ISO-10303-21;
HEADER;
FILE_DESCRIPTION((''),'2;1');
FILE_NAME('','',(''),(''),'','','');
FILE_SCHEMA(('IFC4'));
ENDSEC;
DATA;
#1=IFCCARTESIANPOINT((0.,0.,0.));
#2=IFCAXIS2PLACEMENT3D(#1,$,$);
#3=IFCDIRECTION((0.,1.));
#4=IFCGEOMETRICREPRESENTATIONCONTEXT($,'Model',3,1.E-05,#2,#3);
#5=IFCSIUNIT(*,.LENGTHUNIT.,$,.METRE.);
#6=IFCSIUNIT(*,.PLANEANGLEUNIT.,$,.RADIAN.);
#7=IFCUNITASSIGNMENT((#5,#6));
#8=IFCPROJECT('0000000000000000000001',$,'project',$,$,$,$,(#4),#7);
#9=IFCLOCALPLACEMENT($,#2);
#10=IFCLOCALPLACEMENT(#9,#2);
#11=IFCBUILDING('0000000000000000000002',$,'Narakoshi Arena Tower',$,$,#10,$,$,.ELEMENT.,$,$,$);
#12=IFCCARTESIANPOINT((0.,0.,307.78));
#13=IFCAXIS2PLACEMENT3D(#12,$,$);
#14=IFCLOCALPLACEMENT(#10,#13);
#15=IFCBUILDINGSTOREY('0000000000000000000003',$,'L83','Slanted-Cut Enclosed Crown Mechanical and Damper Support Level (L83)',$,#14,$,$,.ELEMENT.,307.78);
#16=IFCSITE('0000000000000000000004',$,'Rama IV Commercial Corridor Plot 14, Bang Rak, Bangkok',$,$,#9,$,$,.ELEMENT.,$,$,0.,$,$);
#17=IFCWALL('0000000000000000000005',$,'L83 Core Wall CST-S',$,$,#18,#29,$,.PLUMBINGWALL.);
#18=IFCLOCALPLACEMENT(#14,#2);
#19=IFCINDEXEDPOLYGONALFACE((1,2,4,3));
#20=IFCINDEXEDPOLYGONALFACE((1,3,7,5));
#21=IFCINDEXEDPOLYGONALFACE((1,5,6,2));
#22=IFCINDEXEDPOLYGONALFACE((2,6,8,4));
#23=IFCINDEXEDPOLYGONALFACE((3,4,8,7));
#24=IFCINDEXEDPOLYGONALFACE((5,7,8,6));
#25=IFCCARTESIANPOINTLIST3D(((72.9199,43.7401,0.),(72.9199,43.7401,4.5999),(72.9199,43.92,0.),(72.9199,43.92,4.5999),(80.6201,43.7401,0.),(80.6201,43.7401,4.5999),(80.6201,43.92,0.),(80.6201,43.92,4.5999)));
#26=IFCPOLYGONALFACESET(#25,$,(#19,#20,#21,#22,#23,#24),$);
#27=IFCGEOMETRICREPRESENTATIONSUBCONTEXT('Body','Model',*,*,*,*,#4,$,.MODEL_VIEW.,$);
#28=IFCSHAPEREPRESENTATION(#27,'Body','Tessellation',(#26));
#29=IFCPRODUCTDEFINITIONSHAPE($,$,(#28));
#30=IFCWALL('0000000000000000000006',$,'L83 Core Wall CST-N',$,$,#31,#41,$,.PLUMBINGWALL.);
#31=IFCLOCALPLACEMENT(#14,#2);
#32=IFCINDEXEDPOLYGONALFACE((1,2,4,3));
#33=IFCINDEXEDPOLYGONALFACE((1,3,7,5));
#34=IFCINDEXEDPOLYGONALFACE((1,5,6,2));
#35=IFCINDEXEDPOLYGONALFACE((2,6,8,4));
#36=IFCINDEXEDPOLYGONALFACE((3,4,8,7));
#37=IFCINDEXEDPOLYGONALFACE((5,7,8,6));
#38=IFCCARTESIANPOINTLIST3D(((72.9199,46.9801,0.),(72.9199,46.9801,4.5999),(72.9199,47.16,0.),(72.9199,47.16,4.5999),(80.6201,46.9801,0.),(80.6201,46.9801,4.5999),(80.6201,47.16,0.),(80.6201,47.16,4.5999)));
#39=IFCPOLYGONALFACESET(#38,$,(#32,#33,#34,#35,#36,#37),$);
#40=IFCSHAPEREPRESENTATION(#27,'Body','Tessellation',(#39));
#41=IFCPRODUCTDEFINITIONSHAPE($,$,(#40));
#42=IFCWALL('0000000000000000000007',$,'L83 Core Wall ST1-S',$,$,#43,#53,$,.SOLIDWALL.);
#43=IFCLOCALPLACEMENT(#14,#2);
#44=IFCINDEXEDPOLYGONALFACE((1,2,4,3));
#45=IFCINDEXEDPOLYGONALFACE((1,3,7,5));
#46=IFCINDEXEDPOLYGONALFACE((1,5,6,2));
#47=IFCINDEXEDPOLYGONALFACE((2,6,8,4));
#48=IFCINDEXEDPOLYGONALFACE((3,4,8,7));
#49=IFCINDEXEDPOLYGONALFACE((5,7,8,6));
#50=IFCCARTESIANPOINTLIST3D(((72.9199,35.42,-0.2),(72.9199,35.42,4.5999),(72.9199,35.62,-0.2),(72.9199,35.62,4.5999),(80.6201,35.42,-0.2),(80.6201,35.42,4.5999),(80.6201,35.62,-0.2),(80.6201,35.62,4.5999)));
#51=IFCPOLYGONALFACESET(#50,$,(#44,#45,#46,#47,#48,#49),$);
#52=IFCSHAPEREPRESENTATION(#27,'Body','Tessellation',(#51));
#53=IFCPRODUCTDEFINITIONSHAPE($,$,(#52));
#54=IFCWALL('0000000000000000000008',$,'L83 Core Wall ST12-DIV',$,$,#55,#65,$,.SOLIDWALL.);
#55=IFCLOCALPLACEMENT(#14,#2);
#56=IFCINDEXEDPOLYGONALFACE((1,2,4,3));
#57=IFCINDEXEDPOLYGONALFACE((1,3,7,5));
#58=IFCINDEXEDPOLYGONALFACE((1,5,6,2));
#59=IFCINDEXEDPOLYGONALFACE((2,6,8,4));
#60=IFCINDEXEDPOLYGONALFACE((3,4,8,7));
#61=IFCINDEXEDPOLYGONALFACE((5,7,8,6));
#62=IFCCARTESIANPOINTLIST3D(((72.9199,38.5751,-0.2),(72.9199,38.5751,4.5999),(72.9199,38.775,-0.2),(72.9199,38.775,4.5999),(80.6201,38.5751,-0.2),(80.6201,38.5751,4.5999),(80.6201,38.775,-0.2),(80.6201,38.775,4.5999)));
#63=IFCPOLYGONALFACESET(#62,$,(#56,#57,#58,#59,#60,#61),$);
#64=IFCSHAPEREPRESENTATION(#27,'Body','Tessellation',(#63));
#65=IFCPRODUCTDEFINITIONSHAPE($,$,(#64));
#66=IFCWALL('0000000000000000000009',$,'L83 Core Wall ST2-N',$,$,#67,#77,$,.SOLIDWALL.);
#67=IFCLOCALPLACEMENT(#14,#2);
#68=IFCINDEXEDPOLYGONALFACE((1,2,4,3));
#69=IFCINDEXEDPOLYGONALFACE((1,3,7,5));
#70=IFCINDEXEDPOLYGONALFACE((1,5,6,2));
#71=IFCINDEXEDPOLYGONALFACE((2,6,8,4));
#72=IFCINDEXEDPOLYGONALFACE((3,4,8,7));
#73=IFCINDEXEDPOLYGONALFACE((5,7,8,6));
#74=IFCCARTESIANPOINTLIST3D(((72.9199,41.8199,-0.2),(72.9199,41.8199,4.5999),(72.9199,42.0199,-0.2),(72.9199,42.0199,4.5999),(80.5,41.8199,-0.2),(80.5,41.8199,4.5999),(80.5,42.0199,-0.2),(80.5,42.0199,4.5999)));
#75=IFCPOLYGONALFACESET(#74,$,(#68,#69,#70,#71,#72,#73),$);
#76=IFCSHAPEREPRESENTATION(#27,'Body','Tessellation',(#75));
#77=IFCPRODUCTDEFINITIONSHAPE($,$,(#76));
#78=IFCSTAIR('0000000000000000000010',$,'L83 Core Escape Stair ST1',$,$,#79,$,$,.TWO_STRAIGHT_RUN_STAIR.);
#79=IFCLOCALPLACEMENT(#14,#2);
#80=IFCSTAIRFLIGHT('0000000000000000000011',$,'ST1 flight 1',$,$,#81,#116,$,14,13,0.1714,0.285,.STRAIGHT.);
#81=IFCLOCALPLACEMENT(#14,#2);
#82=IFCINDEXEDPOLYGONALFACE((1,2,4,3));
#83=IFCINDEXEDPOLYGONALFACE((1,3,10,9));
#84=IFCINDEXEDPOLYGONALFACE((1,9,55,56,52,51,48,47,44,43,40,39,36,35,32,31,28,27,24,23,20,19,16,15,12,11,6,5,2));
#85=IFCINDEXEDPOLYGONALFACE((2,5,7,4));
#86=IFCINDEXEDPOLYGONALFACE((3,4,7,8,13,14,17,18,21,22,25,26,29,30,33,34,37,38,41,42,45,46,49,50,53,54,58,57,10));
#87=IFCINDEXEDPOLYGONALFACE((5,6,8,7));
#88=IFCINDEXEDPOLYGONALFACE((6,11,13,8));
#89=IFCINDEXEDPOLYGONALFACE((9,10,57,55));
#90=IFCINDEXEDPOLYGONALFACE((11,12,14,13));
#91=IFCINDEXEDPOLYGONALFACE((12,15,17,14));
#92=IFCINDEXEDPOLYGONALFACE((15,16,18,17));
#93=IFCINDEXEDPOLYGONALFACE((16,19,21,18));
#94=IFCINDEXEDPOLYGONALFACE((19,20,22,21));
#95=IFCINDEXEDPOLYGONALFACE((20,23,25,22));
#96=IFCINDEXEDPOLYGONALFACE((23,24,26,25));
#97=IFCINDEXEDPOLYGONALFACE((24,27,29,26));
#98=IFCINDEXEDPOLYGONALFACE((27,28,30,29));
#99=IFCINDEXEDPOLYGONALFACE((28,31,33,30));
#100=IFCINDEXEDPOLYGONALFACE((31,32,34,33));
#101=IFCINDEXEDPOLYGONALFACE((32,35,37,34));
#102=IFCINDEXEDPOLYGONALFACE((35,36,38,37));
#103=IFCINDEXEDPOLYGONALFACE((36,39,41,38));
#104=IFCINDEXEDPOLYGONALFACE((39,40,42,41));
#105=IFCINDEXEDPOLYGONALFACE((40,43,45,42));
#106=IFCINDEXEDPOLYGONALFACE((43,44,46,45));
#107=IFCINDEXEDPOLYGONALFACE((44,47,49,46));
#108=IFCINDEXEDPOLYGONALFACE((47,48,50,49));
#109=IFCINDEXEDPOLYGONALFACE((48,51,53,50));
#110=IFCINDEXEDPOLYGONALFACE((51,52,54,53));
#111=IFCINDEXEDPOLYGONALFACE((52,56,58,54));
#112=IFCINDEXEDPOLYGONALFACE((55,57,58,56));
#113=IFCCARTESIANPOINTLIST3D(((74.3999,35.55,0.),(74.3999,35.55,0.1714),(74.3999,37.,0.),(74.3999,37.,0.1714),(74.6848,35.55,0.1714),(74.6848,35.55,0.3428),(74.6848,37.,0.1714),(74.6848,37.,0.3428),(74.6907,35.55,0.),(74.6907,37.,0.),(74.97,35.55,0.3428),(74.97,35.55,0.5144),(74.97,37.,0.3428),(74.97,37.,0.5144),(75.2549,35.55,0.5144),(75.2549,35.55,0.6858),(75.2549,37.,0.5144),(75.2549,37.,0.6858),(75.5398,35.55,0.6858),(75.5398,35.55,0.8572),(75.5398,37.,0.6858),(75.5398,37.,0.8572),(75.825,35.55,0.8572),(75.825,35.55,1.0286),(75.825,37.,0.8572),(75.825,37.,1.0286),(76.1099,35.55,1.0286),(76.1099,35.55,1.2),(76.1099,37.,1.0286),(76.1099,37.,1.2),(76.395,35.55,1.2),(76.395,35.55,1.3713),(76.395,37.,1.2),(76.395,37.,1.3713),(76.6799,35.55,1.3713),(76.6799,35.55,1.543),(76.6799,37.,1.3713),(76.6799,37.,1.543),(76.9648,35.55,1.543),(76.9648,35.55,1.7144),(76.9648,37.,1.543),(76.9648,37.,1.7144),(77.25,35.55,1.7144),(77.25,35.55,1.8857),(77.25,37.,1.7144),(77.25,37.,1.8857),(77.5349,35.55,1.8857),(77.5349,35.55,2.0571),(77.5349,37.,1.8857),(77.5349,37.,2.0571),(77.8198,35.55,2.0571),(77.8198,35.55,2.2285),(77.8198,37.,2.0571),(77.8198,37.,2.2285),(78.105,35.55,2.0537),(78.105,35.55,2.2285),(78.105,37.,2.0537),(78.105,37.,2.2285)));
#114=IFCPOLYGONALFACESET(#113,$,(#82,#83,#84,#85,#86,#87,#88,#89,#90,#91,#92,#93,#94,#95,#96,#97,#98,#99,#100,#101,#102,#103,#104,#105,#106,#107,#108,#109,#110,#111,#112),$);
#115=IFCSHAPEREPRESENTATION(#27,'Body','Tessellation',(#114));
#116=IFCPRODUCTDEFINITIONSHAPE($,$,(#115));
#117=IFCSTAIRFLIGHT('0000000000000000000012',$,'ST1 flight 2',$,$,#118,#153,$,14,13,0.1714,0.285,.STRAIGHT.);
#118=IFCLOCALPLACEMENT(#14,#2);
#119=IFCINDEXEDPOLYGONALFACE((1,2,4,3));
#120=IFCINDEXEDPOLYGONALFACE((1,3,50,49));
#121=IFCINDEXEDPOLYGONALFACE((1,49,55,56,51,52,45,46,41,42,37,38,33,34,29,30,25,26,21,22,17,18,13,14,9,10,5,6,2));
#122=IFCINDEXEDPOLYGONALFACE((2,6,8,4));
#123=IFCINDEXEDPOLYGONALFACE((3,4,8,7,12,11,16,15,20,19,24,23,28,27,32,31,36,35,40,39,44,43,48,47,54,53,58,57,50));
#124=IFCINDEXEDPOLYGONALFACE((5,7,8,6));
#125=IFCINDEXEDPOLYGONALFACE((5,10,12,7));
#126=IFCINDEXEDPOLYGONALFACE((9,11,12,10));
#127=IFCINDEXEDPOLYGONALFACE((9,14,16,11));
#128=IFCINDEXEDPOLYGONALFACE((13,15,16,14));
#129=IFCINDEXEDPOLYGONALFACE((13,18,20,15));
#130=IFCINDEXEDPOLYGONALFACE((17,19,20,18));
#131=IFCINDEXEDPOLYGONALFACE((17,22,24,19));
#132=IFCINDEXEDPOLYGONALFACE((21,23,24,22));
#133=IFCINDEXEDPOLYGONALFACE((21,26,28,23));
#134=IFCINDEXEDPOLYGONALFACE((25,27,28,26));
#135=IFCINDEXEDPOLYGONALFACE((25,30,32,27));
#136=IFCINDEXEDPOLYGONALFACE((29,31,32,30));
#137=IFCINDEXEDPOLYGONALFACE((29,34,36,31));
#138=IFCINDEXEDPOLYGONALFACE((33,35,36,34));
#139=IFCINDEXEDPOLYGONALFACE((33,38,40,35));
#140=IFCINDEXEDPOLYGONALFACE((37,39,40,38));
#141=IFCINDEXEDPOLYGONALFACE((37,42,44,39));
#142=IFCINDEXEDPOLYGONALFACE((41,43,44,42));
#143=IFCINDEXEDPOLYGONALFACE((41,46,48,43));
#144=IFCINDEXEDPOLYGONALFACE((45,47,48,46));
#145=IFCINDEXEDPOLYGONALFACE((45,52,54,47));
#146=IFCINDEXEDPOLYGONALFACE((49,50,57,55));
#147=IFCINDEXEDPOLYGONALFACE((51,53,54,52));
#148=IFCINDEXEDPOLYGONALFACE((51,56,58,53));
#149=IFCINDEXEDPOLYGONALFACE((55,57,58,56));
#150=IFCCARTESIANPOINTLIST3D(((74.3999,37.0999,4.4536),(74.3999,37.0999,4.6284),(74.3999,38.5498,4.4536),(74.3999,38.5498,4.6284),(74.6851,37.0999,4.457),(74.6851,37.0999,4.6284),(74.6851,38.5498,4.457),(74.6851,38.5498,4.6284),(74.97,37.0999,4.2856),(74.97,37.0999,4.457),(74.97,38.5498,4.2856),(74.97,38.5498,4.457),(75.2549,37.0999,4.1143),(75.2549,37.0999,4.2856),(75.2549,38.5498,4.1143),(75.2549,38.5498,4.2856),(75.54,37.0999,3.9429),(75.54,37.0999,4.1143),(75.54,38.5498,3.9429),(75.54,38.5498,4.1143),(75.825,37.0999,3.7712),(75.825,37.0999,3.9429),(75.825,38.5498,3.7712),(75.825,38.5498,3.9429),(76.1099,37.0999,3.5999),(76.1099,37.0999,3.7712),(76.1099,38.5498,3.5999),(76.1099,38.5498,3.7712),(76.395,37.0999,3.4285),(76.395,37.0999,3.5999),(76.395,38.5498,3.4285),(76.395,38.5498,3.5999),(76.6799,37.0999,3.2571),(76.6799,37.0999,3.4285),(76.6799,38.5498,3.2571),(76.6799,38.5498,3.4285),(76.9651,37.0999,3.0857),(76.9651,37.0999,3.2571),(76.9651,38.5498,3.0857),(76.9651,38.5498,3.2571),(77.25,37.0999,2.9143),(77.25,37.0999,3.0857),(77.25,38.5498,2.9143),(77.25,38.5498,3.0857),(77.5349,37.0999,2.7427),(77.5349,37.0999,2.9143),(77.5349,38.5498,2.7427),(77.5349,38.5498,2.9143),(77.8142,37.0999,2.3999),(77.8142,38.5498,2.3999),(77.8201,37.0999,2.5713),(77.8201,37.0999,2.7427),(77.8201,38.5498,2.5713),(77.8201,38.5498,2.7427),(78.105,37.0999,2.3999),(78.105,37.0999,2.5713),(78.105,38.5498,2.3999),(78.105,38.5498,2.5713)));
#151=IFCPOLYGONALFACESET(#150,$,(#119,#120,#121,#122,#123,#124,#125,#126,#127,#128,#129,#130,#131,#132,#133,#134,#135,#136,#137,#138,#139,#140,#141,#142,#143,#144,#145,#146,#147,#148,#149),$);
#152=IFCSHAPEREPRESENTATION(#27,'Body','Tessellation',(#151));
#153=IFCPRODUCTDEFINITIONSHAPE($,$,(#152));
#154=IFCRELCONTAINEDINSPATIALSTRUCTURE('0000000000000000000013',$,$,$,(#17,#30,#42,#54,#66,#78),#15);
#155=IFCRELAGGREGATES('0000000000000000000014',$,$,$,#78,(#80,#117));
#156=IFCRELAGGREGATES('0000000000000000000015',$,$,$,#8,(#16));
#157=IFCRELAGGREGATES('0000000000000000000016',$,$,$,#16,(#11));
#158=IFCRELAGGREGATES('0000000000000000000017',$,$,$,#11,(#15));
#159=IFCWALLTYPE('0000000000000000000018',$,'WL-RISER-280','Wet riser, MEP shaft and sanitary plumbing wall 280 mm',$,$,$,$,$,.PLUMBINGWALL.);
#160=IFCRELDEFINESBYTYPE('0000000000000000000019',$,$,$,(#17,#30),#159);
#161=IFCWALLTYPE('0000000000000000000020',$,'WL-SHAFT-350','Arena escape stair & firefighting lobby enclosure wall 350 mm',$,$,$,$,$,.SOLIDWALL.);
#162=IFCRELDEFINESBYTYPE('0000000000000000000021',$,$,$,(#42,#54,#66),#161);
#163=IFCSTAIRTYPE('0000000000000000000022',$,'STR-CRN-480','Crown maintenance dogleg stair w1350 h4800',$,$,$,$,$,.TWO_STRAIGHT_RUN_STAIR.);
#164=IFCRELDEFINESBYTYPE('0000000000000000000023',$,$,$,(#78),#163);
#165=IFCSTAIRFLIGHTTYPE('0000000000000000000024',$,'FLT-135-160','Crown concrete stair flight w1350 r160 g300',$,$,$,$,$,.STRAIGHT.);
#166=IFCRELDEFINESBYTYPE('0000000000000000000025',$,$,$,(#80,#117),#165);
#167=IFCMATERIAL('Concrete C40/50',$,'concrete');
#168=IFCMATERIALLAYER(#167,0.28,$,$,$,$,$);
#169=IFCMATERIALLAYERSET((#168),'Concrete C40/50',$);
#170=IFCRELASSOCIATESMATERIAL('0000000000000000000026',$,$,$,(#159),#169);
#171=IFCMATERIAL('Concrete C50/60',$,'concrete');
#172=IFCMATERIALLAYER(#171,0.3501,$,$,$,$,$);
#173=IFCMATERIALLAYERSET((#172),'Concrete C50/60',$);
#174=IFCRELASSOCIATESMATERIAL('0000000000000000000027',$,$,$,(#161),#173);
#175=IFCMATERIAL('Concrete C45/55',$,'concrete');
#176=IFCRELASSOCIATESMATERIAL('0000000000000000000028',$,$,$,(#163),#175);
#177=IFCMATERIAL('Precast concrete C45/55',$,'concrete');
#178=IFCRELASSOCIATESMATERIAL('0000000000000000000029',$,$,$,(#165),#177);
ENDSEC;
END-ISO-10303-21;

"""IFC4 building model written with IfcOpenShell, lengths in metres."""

from ifc_helpers import new_model, si_unit, direction, frame, frame_2d, origin, place, context, subcontext, project, spatial, polyline, rectangle, outline, extrude, material, layer, layer_set, type_object, element, aggregate, save


model = new_model("IFC4")

# Units and contexts
model_context = context("Model", 3, precision=1e-05, world=origin(), true_north=direction((0.0, 1.0)))
body_context = subcontext(model_context, "Body", "Model", "MODEL_VIEW")
ifc_project = project(units=[si_unit("LENGTHUNIT", "METRE"), si_unit("PLANEANGLEUNIT", "RADIAN")], contexts=[model_context])

# Site, building, storey
site_placement = place(None, origin())
site = spatial("IfcSite", under=ifc_project, at=site_placement, Name="Rama IV Commercial Corridor Plot 14, Bang Rak, Bangkok", CompositionType="ELEMENT", RefElevation=0.0)
building_placement = place(site_placement, origin())
building = spatial("IfcBuilding", under=site, at=building_placement, Name="Narakoshi Arena Tower", CompositionType="ELEMENT")
storey_placement = place(building_placement, frame((0.0, 0.0, 307.78)))
storey = spatial("IfcBuildingStorey", under=building, at=storey_placement, Name="L83", Description="Slanted-Cut Enclosed Crown Mechanical and Damper Support Level (L83)", CompositionType="ELEMENT", Elevation=307.78)

# Shared definitions
ifc_material_1 = material(Name="Concrete C50/60", Category="concrete")

# Walls
ifc_material_2 = material(Name="Precast concrete C45/55", Category="concrete")
ifc_material_3 = material(Name="Concrete C40/50", Category="concrete")
ifc_layer_1 = layer(ifc_material_3, 0.28)
ifc_layer_set_1 = layer_set([ifc_layer_1], Name="Concrete C40/50")
wall_type_1 = type_object("IfcWallType", Name="WL-RISER-280", Description="Wet riser, MEP shaft and sanitary plumbing wall 280 mm", PredefinedType="PLUMBINGWALL", material=ifc_layer_set_1)
for number, where, z_axis, x_axis, name in (
    (1, (72.9199, 43.8301, 0.0), (0.0, 0.0, 1.0), (1.0, 0.0, 0.0), "L83 Core Wall CST-S"),
    (2, (72.9199, 47.0701, 0.0), (0.0, 0.0, 1.0), (1.0, 0.0, 0.0), "L83 Core Wall CST-N"),
):
    element("IfcWall", number, at=place(storey_placement, frame(where, z_axis=z_axis, x_axis=x_axis)), inside=storey, type_object=wall_type_1, Name=name, PredefinedType="PLUMBINGWALL", context=body_context, shape_type="SweptSolid", body=[
        extrude(rectangle(XDim=7.7002, YDim=0.1799, at=frame_2d((3.8501, 0.0))), origin(), (0.0, 0.0, 1.0), 4.5999),
    ])
ifc_layer_2 = layer(ifc_material_1, 0.3501)
ifc_layer_set_2 = layer_set([ifc_layer_2], Name="Concrete C50/60")
wall_type_2 = type_object("IfcWallType", Name="WL-SHAFT-350", Description="Arena escape stair & firefighting lobby enclosure wall 350 mm", PredefinedType="SOLIDWALL", material=ifc_layer_set_2)
for number, where, z_axis, x_axis, name in (
    (3, (72.9199, 35.52, -0.2), (0.0, 0.0, 1.0), (1.0, 0.0, 0.0), "L83 Core Wall ST1-S"),
    (4, (72.9199, 38.675, -0.2), (0.0, 0.0, 1.0), (1.0, 0.0, 0.0), "L83 Core Wall ST12-DIV"),
):
    element("IfcWall", number, at=place(storey_placement, frame(where, z_axis=z_axis, x_axis=x_axis)), inside=storey, type_object=wall_type_2, Name=name, PredefinedType="SOLIDWALL", context=body_context, shape_type="SweptSolid", body=[
        extrude(rectangle(XDim=7.7002, YDim=0.2, at=frame_2d((3.8501, 0.0))), origin(), (0.0, 0.0, 1.0), 4.7998),
    ])
wall_1_placement = place(storey_placement, frame((72.9199, 41.9199, -0.2), z_axis=(0.0, 0.0, 1.0), x_axis=(1.0, 0.0, 0.0)))
element("IfcWall", 5, at=wall_1_placement, inside=storey, type_object=wall_type_2, Name="L83 Core Wall ST2-N", PredefinedType="SOLIDWALL", context=body_context, shape_type="SweptSolid", body=[
    extrude(rectangle(XDim=7.5801, YDim=0.2, at=frame_2d((3.79, 0.0))), origin(), (0.0, 0.0, 1.0), 4.7998),
])

# Stair, stair flights
ifc_material_4 = material(Name="Concrete C45/55", Category="concrete")
stair_type = type_object("IfcStairType", Name="STR-CRN-480", Description="Crown maintenance dogleg stair w1350 h4800", PredefinedType="TWO_STRAIGHT_RUN_STAIR", material=ifc_material_4)
stair_1_placement = place(storey_placement, origin())
stair_1 = element("IfcStair", 6, at=stair_1_placement, inside=storey, type_object=stair_type, Name="L83 Core Escape Stair ST1", PredefinedType="TWO_STRAIGHT_RUN_STAIR")
stair_flight_type = type_object("IfcStairFlightType", Name="FLT-135-160", Description="Crown concrete stair flight w1350 r160 g300", PredefinedType="STRAIGHT", material=ifc_material_2)
stair_flight_1_placement = place(storey_placement, frame((74.3999, 36.2749, 0.0), z_axis=(0.0, 0.0, 1.0), x_axis=(1.0, 0.0, 0.0)))
stair_flight_1 = element("IfcStairFlight", 7, at=stair_flight_1_placement, type_object=stair_flight_type, Name="ST1 flight 1", NumberOfRisers=14, NumberOfTreads=13, PredefinedType="STRAIGHT", RiserHeight=0.1714, TreadLength=0.285, context=body_context, shape_type="SweptSolid", body=[
    extrude(outline(polyline([(0.0, 0.0), (0.0, 0.1714), (0.2849, 0.1714), (0.2849, 0.3428), (0.5701, 0.3428), (0.5701, 0.5144), (0.855, 0.5144), (0.855, 0.6858), (1.1399, 0.6858), (1.1399, 0.8572), (1.425, 0.8572), (1.425, 1.0286), (1.71, 1.0286), (1.71, 1.2), (1.9951, 1.2), (1.9951, 1.3713), (2.28, 1.3713), (2.28, 1.543), (2.5649, 1.543), (2.5649, 1.7144), (2.8501, 1.7144), (2.8501, 1.8857), (3.135, 1.8857), (3.135, 2.0571), (3.4199, 2.0571), (3.4199, 2.2285), (3.7051, 2.2285), (3.7051, 2.3999), (3.7051, 2.0537), (0.2908, 0.0), (0.0, 0.0)])), frame((0.0, 0.7251, 0.0), z_axis=(0.0, -1.0, 0.0), x_axis=(1.0, 0.0, 0.0)), (0.0, 0.0, 1.0), 1.45),
])
stair_flight_2_placement = place(storey_placement, frame((78.105, 37.825, 2.3999), z_axis=(0.0, 0.0, 1.0), x_axis=(-1.0, 0.0, 0.0)))
stair_flight_2 = element("IfcStairFlight", 8, at=stair_flight_2_placement, type_object=stair_flight_type, Name="ST1 flight 2", NumberOfRisers=14, NumberOfTreads=13, PredefinedType="STRAIGHT", RiserHeight=0.1714, TreadLength=0.285, context=body_context, shape_type="SweptSolid", body=[
    extrude(outline(polyline([(0.0, 0.0), (0.0, 0.1714), (0.2849, 0.1714), (0.2849, 0.3428), (0.5701, 0.3428), (0.5701, 0.5144), (0.855, 0.5144), (0.855, 0.6858), (1.1399, 0.6858), (1.1399, 0.8572), (1.425, 0.8572), (1.425, 1.0286), (1.71, 1.0286), (1.71, 1.2), (1.9951, 1.2), (1.9951, 1.3713), (2.28, 1.3713), (2.28, 1.543), (2.5649, 1.543), (2.5649, 1.7144), (2.8501, 1.7144), (2.8501, 1.8857), (3.135, 1.8857), (3.135, 2.0571), (3.4199, 2.0571), (3.4199, 2.2285), (3.7051, 2.2285), (3.7051, 2.3999), (3.7051, 2.0537), (0.2908, 0.0), (0.0, 0.0)])), frame((0.0, 0.7251, 0.0), z_axis=(0.0, -1.0, 0.0), x_axis=(1.0, 0.0, 0.0)), (0.0, 0.0, 1.0), 1.45),
])
aggregate(stair_1, [stair_flight_1, stair_flight_2])

save(model, "model.ifc")
